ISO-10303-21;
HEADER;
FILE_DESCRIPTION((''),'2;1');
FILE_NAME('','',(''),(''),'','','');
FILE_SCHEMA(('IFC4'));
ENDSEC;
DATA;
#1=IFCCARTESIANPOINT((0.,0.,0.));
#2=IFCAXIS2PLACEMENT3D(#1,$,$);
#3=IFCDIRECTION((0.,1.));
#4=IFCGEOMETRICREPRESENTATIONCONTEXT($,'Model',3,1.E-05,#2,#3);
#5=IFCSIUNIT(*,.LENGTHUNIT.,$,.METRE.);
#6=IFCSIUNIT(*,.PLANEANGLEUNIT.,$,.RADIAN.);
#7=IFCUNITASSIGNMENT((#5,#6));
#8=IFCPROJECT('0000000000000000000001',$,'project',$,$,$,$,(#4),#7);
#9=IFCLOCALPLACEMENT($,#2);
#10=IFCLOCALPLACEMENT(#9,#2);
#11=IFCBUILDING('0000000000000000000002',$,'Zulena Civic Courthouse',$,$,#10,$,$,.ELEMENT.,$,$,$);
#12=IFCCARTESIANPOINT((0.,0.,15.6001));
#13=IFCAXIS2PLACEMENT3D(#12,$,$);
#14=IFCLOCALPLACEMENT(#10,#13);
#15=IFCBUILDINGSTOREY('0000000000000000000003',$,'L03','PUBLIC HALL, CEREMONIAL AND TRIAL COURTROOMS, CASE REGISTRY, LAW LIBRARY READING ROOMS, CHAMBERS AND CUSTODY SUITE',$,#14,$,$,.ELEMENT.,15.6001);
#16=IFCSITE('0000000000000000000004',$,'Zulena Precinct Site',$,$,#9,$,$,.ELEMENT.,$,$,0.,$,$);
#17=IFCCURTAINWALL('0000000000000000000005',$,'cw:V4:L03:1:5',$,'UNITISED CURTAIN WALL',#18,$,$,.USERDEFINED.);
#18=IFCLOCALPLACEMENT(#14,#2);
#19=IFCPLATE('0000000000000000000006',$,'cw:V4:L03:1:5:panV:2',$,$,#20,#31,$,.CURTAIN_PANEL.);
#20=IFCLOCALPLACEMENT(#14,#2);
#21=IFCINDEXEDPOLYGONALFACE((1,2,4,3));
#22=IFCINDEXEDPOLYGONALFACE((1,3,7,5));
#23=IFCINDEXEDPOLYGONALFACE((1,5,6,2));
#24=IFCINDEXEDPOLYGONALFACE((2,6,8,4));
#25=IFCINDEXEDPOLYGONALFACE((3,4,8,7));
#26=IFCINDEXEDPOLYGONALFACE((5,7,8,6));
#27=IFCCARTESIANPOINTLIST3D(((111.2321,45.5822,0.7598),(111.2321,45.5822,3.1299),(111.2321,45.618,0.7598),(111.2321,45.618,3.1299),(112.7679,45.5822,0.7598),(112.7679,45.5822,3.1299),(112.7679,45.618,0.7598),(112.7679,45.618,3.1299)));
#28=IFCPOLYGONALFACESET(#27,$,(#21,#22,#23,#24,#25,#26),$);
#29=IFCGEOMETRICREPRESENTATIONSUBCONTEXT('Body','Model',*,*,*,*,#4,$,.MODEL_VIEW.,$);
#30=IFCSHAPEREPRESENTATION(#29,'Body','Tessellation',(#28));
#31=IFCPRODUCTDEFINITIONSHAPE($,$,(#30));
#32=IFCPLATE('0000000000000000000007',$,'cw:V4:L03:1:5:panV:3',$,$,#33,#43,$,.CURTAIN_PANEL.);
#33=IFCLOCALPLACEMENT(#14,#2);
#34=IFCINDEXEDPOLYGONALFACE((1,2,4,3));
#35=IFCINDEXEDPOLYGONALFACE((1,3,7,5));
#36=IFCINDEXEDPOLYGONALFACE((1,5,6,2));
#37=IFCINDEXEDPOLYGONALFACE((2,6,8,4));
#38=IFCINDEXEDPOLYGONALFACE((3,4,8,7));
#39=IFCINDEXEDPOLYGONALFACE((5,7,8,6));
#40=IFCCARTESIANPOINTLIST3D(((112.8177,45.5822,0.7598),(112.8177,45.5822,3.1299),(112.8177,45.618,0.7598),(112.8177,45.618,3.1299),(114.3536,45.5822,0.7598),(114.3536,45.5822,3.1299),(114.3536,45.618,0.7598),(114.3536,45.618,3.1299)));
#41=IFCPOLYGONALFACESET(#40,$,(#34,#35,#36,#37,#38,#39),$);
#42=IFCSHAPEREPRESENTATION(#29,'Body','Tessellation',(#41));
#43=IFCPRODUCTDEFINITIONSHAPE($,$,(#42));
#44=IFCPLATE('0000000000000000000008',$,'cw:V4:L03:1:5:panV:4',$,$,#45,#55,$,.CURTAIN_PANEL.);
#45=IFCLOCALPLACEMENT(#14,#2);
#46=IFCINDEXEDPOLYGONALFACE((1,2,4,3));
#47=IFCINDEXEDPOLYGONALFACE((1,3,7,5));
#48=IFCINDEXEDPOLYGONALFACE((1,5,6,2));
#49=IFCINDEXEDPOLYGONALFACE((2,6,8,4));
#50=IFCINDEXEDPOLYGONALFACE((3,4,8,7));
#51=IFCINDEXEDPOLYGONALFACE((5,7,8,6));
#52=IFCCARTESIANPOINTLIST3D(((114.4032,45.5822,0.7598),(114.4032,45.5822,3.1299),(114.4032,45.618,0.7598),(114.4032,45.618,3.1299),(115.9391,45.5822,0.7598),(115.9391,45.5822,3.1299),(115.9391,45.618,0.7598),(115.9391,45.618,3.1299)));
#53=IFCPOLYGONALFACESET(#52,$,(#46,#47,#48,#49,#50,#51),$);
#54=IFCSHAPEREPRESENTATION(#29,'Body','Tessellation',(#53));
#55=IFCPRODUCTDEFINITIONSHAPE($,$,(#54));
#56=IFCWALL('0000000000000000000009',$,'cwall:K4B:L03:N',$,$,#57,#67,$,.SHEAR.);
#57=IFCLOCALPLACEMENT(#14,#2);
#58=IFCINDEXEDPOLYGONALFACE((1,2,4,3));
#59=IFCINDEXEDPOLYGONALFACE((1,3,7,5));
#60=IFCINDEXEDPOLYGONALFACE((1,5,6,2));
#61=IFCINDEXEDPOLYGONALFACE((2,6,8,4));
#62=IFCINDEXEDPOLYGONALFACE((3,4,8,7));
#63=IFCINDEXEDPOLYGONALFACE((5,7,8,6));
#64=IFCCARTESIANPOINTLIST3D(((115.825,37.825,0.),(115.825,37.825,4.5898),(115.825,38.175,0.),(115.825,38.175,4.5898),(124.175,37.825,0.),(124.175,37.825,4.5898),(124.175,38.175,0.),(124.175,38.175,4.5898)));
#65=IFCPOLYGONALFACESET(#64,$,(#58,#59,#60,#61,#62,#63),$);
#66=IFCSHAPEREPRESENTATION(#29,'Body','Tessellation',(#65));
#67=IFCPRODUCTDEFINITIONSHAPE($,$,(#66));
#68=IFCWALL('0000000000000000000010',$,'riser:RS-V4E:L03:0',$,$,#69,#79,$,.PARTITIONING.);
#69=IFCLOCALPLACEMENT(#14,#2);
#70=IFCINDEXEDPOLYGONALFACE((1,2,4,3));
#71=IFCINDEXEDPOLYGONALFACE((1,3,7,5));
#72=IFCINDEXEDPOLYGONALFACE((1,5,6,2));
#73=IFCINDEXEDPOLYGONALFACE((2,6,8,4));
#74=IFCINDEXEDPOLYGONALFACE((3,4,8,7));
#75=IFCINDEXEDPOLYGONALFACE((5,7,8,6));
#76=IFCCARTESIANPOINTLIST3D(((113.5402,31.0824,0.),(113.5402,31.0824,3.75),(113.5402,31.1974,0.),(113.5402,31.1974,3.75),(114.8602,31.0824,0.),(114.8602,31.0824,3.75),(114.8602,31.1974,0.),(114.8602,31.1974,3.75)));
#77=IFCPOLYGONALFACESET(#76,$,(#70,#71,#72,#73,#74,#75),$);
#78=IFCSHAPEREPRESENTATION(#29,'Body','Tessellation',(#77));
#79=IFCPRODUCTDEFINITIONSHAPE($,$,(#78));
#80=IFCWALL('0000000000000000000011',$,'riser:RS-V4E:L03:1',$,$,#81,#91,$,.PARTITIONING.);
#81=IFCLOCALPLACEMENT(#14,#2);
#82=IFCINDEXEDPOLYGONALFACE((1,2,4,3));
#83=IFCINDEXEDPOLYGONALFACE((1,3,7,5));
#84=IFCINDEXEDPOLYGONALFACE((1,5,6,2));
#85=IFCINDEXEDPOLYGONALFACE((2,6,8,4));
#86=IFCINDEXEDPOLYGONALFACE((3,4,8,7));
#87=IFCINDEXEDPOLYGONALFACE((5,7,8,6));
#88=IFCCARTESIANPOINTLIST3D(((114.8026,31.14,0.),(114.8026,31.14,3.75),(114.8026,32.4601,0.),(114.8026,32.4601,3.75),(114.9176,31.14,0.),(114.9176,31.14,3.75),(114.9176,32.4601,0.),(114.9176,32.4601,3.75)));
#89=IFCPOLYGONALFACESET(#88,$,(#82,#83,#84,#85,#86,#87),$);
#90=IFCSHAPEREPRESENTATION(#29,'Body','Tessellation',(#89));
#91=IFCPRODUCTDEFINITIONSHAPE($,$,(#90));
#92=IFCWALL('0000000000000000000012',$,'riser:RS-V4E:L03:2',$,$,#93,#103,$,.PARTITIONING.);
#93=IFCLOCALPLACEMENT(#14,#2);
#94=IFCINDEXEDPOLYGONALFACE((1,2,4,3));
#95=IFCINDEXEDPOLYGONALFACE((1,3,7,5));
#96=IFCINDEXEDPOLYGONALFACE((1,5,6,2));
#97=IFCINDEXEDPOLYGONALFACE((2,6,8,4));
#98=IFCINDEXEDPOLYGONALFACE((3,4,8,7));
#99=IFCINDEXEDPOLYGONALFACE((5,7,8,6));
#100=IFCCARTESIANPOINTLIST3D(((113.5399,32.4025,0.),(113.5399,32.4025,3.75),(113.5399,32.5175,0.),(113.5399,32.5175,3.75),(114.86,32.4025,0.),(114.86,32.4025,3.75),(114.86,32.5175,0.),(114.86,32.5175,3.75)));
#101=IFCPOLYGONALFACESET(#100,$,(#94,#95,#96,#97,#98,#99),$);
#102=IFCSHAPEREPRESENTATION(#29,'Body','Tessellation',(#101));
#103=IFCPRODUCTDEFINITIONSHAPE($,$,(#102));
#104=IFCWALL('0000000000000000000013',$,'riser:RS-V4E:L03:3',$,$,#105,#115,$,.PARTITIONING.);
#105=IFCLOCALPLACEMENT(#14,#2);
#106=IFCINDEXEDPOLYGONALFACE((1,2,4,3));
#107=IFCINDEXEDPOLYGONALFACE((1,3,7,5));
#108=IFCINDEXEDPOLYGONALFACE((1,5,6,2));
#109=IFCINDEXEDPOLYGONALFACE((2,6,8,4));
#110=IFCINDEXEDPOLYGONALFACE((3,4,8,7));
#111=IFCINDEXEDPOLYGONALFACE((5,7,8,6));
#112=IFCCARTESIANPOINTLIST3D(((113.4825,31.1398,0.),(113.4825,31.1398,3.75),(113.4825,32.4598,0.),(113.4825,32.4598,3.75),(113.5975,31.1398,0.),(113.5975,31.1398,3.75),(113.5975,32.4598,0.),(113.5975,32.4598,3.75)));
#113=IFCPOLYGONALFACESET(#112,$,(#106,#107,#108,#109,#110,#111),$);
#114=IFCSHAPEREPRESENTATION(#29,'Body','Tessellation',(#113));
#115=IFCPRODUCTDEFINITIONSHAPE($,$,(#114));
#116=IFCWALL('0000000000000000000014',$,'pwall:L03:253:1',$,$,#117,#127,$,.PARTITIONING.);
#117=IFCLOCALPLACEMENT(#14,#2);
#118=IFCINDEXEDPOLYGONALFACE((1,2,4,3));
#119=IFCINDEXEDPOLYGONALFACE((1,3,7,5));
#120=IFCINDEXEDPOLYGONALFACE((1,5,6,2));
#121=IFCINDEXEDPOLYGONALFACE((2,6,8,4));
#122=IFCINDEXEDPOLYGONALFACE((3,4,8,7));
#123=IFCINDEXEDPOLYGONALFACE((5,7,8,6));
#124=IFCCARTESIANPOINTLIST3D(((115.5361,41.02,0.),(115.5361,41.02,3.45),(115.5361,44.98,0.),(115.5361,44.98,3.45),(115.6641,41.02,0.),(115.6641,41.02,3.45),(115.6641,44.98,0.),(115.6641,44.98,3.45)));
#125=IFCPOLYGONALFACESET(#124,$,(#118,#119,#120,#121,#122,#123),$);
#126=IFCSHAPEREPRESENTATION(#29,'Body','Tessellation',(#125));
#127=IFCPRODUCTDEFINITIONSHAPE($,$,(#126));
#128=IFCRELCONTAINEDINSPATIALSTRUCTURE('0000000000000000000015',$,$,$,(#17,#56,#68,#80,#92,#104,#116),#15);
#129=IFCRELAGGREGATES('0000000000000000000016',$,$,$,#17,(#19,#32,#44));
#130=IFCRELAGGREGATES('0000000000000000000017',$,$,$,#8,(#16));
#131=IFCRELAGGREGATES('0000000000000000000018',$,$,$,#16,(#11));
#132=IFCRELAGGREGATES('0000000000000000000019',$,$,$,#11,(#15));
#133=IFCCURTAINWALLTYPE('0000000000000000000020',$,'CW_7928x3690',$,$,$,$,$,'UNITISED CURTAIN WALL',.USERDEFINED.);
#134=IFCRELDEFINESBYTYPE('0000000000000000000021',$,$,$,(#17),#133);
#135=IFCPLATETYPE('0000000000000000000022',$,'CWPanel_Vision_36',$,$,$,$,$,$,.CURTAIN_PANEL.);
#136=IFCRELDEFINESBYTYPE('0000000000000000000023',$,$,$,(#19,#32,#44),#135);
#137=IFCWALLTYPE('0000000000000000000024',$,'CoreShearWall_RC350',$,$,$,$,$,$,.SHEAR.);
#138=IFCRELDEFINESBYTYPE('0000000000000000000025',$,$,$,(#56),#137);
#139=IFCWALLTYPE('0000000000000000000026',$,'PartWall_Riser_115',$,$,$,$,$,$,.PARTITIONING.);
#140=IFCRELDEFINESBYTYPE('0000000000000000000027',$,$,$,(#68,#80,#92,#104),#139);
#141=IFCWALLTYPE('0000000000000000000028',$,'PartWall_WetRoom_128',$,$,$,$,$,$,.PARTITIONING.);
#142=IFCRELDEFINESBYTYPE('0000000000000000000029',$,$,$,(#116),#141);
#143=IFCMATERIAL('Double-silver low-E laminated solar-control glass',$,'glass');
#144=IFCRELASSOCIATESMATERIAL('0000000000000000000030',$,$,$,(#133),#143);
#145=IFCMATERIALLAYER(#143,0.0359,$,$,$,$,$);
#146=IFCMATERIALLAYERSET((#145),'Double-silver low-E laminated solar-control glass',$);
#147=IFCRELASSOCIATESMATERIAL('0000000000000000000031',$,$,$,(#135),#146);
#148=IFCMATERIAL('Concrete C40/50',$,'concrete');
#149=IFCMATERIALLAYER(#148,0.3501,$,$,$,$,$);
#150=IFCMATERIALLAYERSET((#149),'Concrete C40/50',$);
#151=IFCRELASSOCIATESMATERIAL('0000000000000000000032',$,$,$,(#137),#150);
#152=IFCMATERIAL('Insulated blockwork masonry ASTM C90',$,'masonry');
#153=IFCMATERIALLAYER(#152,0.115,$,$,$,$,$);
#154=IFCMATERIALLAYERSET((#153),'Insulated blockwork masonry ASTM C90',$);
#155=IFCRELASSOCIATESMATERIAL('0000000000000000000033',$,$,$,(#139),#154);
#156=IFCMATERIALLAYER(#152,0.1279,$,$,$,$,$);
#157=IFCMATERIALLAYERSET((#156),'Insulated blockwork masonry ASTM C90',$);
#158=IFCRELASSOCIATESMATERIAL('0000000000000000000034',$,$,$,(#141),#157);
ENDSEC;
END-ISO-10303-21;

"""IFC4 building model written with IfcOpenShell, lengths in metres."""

from ifc_helpers import new_model, si_unit, direction, frame, frame_2d, origin, origin_2d, place, context, subcontext, project, spatial, rectangle, extrude, material, layer, layer_set, type_object, element, aggregate, save


model = new_model("IFC4")

# Units and contexts
model_context = context("Model", 3, precision=1e-05, world=origin(), true_north=direction((0.0, 1.0)))
body_context = subcontext(model_context, "Body", "Model", "MODEL_VIEW")
ifc_project = project(units=[si_unit("LENGTHUNIT", "METRE"), si_unit("PLANEANGLEUNIT", "RADIAN")], contexts=[model_context])

# Site, building, storey
site_placement = place(None, origin())
site = spatial("IfcSite", under=ifc_project, at=site_placement, Name="Zulena Precinct Site", CompositionType="ELEMENT", RefElevation=0.0)
building_placement = place(site_placement, origin())
building = spatial("IfcBuilding", under=site, at=building_placement, Name="Zulena Civic Courthouse", CompositionType="ELEMENT")
storey_placement = place(building_placement, frame((0.0, 0.0, 15.6001)))
storey = spatial("IfcBuildingStorey", under=building, at=storey_placement, Name="L03", Description="PUBLIC HALL, CEREMONIAL AND TRIAL COURTROOMS, CASE REGISTRY, LAW LIBRARY READING ROOMS, CHAMBERS AND CUSTODY SUITE", CompositionType="ELEMENT", Elevation=15.6001)

# Curtain wall
ifc_material_1 = material(Name="Double-silver low-E laminated solar-control glass", Category="glass")
curtain_wall_type = type_object("IfcCurtainWallType", Name="CW_7928x3690", ElementType="UNITISED CURTAIN WALL", PredefinedType="USERDEFINED", material=ifc_material_1)
curtain_wall_1_placement = place(storey_placement, origin())
curtain_wall_1 = element("IfcCurtainWall", 1, at=curtain_wall_1_placement, inside=storey, type_object=curtain_wall_type, Name="cw:V4:L03:1:5", ObjectType="UNITISED CURTAIN WALL", PredefinedType="USERDEFINED")

# Plates
ifc_layer_1 = layer(ifc_material_1, 0.0359)
ifc_layer_set_1 = layer_set([ifc_layer_1], Name="Double-silver low-E laminated solar-control glass")
plate_type_1 = type_object("IfcPlateType", Name="CWPanel_Vision_36", PredefinedType="CURTAIN_PANEL", material=ifc_layer_set_1)
plate_1_placement = place(storey_placement, frame((112.0, 45.6001, 0.7598), z_axis=(0.0, 0.0, 1.0), x_axis=(1.0, 0.0, 0.0)))
plate_1 = element("IfcPlate", 2, at=plate_1_placement, type_object=plate_type_1, Name="cw:V4:L03:1:5:panV:2", PredefinedType="CURTAIN_PANEL", context=body_context, shape_type="SweptSolid", body=[
    extrude(rectangle(XDim=1.5359, YDim=0.0359, at=origin_2d()), origin(), (0.0, 0.0, 1.0), 2.3701),
])
plate_2_placement = place(storey_placement, frame((113.5857, 45.6001, 0.7598), z_axis=(0.0, 0.0, 1.0), x_axis=(1.0, 0.0, 0.0)))
plate_2 = element("IfcPlate", 3, at=plate_2_placement, type_object=plate_type_1, Name="cw:V4:L03:1:5:panV:3", PredefinedType="CURTAIN_PANEL", context=body_context, shape_type="SweptSolid", body=[
    extrude(rectangle(XDim=1.5359, YDim=0.0359, at=origin_2d()), origin(), (0.0, 0.0, 1.0), 2.3701),
])
plate_3_placement = place(storey_placement, frame((115.1711, 45.6001, 0.7598), z_axis=(0.0, 0.0, 1.0), x_axis=(1.0, 0.0, 0.0)))
plate_3 = element("IfcPlate", 4, at=plate_3_placement, type_object=plate_type_1, Name="cw:V4:L03:1:5:panV:4", PredefinedType="CURTAIN_PANEL", context=body_context, shape_type="SweptSolid", body=[
    extrude(rectangle(XDim=1.5359, YDim=0.0359, at=origin_2d()), origin(), (0.0, 0.0, 1.0), 2.3701),
])
aggregate(curtain_wall_1, [plate_1, plate_2, plate_3])

# Walls
ifc_material_2 = material(Name="Concrete C40/50", Category="concrete")
ifc_layer_2 = layer(ifc_material_2, 0.3501)
ifc_layer_set_2 = layer_set([ifc_layer_2], Name="Concrete C40/50")
wall_type_1 = type_object("IfcWallType", Name="CoreShearWall_RC350", PredefinedType="SHEAR", material=ifc_layer_set_2)
wall_1_placement = place(storey_placement, frame((115.825, 38.0, 0.0), z_axis=(0.0, 0.0, 1.0), x_axis=(1.0, 0.0, 0.0)))
element("IfcWall", 5, at=wall_1_placement, inside=storey, type_object=wall_type_1, Name="cwall:K4B:L03:N", PredefinedType="SHEAR", context=body_context, shape_type="SweptSolid", body=[
    extrude(rectangle(XDim=8.3501, YDim=0.3501, at=frame_2d((4.175, 0.0))), origin(), (0.0, 0.0, 1.0), 4.5898),
])
ifc_material_3 = material(Name="Insulated blockwork masonry ASTM C90", Category="masonry")
ifc_layer_3 = layer(ifc_material_3, 0.115)
ifc_layer_set_3 = layer_set([ifc_layer_3], Name="Insulated blockwork masonry ASTM C90")
wall_type_2 = type_object("IfcWallType", Name="PartWall_Riser_115", PredefinedType="PARTITIONING", material=ifc_layer_set_3)
for number, where, z_axis, x_axis, name in (
    (6, (113.54, 31.1399, 0.0), (0.0, 0.0, 1.0), (1.0, 0.0, 0.0), "riser:RS-V4E:L03:0"),
    (7, (114.8601, 31.1399, 0.0), (0.0, 0.0, 1.0), (0.0, 1.0, 0.0), "riser:RS-V4E:L03:1"),
    (8, (114.8601, 32.46, 0.0), (0.0, 0.0, 1.0), (-1.0, 0.0, 0.0), "riser:RS-V4E:L03:2"),
    (9, (113.54, 32.46, 0.0), (0.0, 0.0, 1.0), (0.0, -1.0, 0.0), "riser:RS-V4E:L03:3"),
):
    element("IfcWall", number, at=place(storey_placement, frame(where, z_axis=z_axis, x_axis=x_axis)), inside=storey, type_object=wall_type_2, Name=name, PredefinedType="PARTITIONING", context=body_context, shape_type="SweptSolid", body=[
        extrude(rectangle(XDim=1.3201, YDim=0.115, at=frame_2d((0.6602, 0.0))), origin(), (0.0, 0.0, 1.0), 3.75),
    ])
ifc_layer_4 = layer(ifc_material_3, 0.1279)
ifc_layer_set_4 = layer_set([ifc_layer_4], Name="Insulated blockwork masonry ASTM C90")
wall_type_3 = type_object("IfcWallType", Name="PartWall_WetRoom_128", PredefinedType="PARTITIONING", material=ifc_layer_set_4)
wall_2_placement = place(storey_placement, frame((115.6001, 41.02, 0.0), z_axis=(0.0, 0.0, 1.0), x_axis=(0.0, 1.0, 0.0)))
element("IfcWall", 10, at=wall_2_placement, inside=storey, type_object=wall_type_3, Name="pwall:L03:253:1", PredefinedType="PARTITIONING", context=body_context, shape_type="SweptSolid", body=[
    extrude(rectangle(XDim=3.96, YDim=0.1279, at=frame_2d((1.98, 0.0))), origin(), (0.0, 0.0, 1.0), 3.45),
])

save(model, "model.ifc")
